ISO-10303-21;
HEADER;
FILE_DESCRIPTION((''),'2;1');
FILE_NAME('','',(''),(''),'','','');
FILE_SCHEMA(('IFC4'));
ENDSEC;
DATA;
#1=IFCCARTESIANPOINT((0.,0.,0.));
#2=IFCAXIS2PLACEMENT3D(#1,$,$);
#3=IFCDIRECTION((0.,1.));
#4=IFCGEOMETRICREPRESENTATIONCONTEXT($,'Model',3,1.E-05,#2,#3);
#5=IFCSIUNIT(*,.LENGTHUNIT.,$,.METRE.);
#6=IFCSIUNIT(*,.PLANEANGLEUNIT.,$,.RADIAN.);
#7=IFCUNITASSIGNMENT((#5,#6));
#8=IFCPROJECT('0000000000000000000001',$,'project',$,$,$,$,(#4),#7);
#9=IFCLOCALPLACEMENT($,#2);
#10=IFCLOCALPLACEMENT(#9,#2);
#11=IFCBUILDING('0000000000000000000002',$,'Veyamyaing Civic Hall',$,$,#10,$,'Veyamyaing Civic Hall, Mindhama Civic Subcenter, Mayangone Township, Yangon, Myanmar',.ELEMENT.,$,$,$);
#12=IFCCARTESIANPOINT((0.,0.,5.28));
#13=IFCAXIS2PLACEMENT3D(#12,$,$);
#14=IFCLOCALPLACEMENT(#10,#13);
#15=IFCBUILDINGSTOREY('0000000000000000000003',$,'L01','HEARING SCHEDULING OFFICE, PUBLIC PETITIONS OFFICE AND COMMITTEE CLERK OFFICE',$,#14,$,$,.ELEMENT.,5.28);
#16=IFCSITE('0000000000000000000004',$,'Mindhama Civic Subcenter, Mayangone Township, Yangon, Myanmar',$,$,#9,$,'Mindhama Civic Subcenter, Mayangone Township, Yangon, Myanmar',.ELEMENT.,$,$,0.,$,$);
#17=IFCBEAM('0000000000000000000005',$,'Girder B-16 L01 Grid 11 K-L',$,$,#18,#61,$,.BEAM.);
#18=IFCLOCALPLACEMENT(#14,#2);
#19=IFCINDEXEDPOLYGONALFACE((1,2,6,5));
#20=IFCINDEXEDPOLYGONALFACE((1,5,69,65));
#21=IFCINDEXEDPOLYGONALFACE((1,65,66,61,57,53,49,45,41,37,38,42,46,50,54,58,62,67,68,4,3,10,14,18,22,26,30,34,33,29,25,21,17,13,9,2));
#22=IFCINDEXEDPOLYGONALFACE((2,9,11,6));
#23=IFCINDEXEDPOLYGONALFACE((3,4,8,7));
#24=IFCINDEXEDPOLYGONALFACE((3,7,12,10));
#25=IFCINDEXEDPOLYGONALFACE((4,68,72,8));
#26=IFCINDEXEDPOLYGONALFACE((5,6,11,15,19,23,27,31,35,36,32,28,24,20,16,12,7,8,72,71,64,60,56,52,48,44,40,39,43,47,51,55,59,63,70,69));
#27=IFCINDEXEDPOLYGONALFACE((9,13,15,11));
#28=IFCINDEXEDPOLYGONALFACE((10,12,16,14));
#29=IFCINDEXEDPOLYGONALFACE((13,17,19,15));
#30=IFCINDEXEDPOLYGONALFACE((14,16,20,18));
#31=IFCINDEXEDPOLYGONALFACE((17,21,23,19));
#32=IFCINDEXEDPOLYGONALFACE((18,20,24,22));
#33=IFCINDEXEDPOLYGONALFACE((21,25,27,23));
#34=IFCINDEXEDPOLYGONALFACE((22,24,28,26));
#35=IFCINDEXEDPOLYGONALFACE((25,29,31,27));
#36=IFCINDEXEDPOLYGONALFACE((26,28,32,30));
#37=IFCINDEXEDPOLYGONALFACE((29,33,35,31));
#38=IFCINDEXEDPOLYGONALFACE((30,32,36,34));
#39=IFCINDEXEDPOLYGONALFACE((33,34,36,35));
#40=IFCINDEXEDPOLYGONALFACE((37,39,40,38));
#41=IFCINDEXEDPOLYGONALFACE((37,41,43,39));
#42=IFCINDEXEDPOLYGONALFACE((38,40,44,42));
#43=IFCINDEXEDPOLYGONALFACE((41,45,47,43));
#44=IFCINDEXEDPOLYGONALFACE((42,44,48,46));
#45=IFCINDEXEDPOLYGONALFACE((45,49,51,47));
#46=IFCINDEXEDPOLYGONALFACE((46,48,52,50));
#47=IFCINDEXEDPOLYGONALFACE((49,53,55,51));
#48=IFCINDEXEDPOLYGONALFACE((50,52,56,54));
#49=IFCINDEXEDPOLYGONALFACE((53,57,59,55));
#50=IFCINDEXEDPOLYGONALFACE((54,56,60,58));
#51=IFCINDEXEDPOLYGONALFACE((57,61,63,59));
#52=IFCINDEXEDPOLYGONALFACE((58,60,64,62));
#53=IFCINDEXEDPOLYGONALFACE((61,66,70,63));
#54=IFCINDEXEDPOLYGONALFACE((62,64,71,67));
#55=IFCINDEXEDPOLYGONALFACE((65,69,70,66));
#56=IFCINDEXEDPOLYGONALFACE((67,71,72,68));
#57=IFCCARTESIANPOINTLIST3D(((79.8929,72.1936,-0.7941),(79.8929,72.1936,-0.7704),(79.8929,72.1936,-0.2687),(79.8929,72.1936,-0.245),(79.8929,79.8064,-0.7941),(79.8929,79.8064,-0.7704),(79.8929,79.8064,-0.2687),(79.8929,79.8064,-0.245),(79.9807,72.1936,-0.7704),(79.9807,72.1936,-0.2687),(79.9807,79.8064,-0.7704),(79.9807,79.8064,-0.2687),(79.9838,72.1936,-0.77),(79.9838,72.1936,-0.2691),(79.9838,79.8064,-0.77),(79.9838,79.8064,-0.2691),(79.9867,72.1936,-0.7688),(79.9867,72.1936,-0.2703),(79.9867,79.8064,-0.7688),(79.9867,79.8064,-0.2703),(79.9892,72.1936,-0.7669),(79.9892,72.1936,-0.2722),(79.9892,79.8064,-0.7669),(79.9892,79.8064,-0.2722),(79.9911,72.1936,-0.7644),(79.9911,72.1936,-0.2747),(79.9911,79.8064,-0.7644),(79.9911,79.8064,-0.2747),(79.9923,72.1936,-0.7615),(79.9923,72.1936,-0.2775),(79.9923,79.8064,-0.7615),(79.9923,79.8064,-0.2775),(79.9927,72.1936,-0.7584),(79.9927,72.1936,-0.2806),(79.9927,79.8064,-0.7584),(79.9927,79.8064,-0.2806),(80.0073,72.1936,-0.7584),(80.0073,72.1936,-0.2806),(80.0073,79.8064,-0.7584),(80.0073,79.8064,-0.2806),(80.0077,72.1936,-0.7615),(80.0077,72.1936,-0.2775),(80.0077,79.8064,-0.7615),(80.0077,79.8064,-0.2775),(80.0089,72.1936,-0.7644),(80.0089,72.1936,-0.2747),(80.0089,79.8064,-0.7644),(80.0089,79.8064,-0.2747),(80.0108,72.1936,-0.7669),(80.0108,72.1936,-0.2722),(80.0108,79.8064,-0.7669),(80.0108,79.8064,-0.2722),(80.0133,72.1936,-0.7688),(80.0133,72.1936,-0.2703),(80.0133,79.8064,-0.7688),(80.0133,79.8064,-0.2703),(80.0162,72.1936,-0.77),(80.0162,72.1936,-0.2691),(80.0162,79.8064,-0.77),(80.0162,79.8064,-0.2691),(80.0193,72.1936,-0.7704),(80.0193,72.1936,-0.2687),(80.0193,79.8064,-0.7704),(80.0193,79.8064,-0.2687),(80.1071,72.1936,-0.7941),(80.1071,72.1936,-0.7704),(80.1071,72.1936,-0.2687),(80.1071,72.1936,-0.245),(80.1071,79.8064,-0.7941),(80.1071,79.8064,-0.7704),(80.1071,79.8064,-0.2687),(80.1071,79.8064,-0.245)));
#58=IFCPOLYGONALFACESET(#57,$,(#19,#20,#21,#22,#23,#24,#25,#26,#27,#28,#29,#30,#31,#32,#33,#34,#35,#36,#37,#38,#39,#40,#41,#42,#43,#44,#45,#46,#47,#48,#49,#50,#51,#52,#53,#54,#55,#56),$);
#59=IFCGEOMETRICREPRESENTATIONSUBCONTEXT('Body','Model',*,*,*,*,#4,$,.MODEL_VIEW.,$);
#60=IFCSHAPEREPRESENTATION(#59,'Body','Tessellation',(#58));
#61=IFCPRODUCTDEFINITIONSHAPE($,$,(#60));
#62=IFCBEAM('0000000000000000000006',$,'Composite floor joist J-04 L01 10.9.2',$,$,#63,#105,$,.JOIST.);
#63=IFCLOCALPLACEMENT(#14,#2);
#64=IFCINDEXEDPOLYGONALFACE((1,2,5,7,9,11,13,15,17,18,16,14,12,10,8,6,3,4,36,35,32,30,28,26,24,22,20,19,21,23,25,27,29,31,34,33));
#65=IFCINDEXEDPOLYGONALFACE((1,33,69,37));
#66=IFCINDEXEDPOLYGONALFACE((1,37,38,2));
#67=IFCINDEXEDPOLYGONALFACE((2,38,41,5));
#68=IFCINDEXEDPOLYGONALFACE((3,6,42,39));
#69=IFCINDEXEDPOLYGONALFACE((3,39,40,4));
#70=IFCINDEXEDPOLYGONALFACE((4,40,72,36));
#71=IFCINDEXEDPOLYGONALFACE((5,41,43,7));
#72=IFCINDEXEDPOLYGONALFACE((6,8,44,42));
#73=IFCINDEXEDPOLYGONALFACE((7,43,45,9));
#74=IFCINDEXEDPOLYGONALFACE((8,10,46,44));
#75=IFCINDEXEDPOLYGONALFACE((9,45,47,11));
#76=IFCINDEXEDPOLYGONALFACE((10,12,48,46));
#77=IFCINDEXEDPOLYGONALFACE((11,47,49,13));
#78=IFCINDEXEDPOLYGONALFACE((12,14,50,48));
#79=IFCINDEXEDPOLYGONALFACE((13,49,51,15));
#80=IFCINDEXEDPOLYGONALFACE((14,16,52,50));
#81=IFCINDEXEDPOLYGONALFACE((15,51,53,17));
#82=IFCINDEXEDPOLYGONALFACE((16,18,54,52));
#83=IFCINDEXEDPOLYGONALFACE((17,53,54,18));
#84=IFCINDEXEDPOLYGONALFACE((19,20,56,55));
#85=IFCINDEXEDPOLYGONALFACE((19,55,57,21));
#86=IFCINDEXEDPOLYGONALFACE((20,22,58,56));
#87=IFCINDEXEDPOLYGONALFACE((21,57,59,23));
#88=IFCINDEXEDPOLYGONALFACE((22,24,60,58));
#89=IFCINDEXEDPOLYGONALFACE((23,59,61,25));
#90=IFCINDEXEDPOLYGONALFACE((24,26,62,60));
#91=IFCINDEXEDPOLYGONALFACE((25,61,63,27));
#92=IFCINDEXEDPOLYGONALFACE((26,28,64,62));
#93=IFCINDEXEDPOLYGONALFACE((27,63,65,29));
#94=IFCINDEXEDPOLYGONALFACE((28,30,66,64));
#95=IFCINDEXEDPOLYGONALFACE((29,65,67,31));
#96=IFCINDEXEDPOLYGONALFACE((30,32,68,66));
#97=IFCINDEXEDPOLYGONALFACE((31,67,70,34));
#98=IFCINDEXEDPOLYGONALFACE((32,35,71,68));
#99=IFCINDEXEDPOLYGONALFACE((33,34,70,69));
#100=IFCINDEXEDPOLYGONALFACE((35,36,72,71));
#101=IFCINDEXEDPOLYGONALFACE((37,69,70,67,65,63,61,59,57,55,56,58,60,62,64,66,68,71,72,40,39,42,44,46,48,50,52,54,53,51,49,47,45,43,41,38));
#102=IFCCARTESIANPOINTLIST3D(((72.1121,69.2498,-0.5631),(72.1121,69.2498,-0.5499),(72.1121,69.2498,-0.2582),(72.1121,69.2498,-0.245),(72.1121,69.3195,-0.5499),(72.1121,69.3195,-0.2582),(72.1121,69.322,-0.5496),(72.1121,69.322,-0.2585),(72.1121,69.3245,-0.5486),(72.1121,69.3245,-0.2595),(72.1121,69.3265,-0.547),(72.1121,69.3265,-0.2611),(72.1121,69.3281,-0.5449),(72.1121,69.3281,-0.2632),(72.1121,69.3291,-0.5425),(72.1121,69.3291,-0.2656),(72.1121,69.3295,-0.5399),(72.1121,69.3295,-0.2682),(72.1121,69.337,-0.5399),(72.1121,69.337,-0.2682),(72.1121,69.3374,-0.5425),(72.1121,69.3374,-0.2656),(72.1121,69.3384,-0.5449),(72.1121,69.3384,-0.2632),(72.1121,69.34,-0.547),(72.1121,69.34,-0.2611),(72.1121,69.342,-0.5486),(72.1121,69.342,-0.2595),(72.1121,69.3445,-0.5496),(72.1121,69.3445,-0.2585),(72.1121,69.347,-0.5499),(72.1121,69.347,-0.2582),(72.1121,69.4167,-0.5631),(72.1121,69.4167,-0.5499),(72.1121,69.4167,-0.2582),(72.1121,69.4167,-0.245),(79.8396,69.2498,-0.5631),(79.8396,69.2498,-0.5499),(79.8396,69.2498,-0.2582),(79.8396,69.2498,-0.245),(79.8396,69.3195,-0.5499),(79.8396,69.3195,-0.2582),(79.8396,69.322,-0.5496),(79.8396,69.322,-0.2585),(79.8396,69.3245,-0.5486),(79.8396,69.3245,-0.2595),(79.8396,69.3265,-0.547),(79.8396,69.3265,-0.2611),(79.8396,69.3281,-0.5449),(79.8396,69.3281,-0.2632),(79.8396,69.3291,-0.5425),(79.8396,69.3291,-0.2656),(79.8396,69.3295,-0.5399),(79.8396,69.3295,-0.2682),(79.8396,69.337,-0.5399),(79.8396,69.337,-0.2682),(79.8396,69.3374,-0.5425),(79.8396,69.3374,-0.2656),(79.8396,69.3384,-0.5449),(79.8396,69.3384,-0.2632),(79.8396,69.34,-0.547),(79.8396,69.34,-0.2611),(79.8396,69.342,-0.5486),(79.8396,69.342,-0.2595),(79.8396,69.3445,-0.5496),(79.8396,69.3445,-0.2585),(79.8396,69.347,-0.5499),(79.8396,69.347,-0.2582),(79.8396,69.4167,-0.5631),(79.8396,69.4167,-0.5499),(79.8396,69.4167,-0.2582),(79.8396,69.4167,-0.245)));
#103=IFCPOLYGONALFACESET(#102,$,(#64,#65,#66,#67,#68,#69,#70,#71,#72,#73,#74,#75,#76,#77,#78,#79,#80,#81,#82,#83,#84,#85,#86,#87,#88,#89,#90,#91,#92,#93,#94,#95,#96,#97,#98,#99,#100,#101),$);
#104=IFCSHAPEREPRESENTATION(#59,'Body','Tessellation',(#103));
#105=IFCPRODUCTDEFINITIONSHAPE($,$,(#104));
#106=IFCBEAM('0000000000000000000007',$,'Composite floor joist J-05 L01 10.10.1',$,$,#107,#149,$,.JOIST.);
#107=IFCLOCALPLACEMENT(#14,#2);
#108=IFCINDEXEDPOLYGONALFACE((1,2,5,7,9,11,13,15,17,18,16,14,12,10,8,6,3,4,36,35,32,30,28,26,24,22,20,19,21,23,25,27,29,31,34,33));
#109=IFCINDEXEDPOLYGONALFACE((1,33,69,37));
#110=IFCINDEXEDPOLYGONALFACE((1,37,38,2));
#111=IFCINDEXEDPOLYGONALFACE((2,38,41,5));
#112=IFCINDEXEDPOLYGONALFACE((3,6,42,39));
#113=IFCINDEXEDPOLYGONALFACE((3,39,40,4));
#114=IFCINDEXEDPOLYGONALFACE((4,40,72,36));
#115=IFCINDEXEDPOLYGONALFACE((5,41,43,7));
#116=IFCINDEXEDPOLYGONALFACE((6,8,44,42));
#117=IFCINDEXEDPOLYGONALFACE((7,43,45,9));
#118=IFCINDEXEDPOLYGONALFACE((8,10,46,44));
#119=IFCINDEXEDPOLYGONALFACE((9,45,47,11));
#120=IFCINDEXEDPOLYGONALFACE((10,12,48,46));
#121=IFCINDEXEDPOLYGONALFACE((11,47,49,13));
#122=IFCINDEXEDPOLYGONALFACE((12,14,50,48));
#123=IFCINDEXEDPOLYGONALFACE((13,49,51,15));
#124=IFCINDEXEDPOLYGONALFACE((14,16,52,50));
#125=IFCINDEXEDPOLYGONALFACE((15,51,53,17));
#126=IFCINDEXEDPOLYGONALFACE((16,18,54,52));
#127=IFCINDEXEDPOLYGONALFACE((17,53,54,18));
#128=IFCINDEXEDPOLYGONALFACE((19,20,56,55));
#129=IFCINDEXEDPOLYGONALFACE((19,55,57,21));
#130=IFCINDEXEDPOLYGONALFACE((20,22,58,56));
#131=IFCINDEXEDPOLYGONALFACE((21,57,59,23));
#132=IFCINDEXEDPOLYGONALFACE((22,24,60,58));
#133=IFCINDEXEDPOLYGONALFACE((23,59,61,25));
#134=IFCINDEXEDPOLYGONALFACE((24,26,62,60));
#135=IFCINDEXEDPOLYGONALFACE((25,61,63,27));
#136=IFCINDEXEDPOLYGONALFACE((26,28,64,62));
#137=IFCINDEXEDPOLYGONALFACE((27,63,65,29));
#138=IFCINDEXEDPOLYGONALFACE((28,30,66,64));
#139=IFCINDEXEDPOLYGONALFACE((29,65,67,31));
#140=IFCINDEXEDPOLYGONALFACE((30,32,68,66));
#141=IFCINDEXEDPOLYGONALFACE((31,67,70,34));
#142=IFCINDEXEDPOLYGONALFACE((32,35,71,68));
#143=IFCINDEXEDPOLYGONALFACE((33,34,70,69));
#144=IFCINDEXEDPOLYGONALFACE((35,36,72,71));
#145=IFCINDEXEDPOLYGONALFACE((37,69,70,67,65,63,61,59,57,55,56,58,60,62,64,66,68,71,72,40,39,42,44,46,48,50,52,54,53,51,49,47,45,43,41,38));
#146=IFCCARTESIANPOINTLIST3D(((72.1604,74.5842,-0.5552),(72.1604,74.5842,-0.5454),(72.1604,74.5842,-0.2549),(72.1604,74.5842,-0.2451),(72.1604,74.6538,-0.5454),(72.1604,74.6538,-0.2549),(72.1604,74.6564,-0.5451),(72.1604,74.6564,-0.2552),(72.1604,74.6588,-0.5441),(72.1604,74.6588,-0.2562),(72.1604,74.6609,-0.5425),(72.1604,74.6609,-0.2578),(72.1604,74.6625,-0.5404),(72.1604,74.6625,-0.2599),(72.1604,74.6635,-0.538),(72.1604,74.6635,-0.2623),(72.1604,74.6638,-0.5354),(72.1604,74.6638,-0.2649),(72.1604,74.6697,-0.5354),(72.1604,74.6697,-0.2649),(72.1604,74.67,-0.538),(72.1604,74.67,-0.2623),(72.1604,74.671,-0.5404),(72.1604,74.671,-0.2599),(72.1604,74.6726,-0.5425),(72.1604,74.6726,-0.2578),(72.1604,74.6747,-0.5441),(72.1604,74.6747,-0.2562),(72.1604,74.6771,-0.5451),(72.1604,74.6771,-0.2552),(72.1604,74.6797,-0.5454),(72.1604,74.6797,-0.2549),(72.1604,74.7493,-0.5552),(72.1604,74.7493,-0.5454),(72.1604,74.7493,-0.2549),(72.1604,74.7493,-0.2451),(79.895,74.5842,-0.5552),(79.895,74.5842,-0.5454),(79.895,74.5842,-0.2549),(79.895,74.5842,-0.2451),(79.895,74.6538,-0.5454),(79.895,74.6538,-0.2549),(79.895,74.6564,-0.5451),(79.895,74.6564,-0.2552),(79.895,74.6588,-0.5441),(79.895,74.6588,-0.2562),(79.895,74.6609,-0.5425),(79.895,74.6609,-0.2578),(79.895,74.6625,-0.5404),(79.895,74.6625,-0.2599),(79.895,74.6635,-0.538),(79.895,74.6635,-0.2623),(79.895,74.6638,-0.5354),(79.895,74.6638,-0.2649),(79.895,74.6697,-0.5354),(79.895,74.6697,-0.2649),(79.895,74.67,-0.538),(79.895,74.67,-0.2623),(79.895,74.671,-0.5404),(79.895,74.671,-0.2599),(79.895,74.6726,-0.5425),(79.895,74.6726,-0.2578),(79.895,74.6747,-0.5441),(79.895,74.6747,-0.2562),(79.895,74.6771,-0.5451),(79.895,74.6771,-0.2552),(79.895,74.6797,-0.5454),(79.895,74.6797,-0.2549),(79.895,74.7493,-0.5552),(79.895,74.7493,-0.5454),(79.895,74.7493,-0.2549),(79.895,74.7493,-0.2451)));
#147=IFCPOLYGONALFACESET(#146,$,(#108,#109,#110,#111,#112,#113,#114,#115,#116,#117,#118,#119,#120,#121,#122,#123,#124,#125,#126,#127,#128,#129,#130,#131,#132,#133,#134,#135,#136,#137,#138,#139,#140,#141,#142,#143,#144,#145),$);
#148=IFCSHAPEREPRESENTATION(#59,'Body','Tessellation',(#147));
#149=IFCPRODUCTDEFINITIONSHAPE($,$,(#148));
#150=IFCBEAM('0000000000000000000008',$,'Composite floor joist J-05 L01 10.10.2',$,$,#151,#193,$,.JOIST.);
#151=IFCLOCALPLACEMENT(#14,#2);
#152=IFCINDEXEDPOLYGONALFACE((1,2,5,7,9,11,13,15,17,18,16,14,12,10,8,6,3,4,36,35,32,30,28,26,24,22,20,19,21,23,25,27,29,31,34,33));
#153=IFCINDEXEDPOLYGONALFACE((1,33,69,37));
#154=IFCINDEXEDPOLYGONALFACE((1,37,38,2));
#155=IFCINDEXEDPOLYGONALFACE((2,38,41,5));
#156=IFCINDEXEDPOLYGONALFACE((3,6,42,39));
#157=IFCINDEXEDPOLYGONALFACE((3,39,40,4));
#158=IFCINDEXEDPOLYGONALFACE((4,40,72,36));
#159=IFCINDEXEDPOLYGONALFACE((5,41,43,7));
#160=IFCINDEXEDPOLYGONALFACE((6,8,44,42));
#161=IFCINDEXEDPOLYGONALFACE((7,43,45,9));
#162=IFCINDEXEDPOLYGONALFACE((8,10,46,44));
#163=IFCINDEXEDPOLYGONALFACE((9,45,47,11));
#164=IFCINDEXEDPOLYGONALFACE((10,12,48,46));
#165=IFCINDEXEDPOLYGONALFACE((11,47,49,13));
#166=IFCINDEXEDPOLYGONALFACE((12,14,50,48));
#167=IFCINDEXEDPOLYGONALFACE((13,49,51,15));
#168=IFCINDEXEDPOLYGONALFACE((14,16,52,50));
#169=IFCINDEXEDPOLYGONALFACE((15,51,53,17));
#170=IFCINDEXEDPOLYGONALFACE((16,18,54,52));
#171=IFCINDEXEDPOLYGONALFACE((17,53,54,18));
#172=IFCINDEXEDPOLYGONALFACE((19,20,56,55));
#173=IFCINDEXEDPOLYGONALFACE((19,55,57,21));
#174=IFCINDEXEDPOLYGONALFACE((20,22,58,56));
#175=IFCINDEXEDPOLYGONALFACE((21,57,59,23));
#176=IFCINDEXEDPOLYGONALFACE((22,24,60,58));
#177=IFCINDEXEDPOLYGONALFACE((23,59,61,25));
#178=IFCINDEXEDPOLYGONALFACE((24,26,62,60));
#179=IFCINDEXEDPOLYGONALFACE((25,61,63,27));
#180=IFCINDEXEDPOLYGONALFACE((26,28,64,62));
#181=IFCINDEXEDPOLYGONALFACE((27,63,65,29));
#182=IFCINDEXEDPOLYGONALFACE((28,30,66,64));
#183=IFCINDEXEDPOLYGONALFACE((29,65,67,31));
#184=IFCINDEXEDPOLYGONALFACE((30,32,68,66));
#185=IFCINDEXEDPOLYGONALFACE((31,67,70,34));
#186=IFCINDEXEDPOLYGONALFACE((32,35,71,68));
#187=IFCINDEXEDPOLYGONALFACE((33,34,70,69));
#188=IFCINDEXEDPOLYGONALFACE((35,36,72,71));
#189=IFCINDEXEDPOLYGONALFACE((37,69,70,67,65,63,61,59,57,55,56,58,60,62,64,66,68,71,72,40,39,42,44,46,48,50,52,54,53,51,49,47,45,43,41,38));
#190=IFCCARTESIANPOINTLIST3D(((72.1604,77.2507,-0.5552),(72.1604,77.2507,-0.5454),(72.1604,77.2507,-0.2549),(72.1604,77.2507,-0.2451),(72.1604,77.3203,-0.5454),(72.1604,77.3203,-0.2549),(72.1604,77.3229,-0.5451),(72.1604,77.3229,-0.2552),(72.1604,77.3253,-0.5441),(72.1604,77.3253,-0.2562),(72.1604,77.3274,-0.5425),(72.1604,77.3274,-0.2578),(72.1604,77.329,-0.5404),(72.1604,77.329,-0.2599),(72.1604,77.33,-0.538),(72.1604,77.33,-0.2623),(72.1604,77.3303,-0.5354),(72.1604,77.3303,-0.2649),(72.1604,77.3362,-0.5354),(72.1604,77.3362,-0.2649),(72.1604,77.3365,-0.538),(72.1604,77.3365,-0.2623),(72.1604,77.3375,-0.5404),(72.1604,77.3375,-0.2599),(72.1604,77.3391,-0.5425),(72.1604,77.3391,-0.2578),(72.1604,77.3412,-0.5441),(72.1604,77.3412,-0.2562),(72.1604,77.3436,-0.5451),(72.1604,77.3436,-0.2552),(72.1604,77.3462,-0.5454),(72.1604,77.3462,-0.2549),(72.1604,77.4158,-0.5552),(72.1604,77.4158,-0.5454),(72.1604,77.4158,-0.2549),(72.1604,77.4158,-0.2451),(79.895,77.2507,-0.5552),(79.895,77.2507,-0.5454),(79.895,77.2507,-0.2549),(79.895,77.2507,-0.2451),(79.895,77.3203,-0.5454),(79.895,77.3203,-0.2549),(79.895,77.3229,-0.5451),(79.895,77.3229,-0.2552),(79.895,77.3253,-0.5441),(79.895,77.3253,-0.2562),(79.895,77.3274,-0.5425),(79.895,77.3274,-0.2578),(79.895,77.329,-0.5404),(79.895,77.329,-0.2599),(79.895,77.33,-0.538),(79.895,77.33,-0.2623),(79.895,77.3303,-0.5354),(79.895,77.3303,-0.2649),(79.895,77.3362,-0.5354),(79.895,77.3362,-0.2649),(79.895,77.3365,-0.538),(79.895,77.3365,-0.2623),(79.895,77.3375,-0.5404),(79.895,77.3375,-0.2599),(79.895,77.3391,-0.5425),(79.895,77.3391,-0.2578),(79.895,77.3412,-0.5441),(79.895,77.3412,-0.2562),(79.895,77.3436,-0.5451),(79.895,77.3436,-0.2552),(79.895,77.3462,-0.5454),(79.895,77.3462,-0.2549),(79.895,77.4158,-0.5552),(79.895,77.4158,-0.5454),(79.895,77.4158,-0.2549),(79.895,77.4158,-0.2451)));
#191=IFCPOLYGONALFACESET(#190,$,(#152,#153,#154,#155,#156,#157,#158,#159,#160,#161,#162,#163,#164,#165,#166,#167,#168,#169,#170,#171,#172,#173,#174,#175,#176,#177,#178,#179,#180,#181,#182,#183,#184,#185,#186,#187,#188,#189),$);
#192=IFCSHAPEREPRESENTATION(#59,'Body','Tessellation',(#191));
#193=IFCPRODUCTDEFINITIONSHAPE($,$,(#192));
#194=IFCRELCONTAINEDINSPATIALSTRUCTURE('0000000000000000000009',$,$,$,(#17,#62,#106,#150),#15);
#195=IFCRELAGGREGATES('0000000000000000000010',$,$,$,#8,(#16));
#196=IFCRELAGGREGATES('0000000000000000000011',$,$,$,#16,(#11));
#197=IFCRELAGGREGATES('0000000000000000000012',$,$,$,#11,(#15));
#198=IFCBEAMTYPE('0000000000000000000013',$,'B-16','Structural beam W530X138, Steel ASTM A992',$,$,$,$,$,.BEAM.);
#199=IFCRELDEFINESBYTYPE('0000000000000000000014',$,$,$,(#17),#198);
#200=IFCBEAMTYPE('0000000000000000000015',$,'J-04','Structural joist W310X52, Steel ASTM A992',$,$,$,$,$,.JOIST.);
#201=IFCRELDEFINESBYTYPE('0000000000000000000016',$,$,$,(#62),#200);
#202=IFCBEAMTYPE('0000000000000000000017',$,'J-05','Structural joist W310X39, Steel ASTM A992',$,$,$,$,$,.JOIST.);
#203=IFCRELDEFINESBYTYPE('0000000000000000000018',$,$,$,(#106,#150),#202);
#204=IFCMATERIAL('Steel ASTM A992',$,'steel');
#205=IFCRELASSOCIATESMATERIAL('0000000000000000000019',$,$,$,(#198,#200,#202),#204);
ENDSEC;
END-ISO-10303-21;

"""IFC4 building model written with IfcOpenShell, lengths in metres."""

from ifc_helpers import new_model, si_unit, direction, frame, origin, origin_2d, place, context, subcontext, project, spatial, i_section, extrude, material, material_profile, profile_set, type_object, element, save


model = new_model("IFC4")

# Units and contexts
model_context = context("Model", 3, precision=1e-05, world=origin(), true_north=direction((0.0, 1.0)))
body_context = subcontext(model_context, "Body", "Model", "MODEL_VIEW")
ifc_project = project(units=[si_unit("LENGTHUNIT", "METRE"), si_unit("PLANEANGLEUNIT", "RADIAN")], contexts=[model_context])

# Site, building, storey
site_placement = place(None, origin())
site = spatial("IfcSite", under=ifc_project, at=site_placement, Name="Mindhama Civic Subcenter, Mayangone Township, Yangon, Myanmar", LongName="Mindhama Civic Subcenter, Mayangone Township, Yangon, Myanmar", CompositionType="ELEMENT", RefElevation=0.0)
building_placement = place(site_placement, origin())
building = spatial("IfcBuilding", under=site, at=building_placement, Name="Veyamyaing Civic Hall", LongName="Veyamyaing Civic Hall, Mindhama Civic Subcenter, Mayangone Township, Yangon, Myanmar", CompositionType="ELEMENT")
storey_placement = place(building_placement, frame((0.0, 0.0, 5.28)))
storey = spatial("IfcBuildingStorey", under=building, at=storey_placement, Name="L01", Description="HEARING SCHEDULING OFFICE, PUBLIC PETITIONS OFFICE AND COMMITTEE CLERK OFFICE", CompositionType="ELEMENT", Elevation=5.28)

# Beams
ifc_material_1 = material(Name="Steel ASTM A992", Category="steel")
ifc_material_profile_1 = material_profile(ifc_material_1, i_section(OverallWidth=0.2141, OverallDepth=0.5491, WebThickness=0.0146, FlangeThickness=0.0237, FilletRadius=0.012, at=origin_2d()), Name="W530X138")
ifc_profile_set_1 = profile_set([ifc_material_profile_1], Name="Steel ASTM A992")
beam_type_1 = type_object("IfcBeamType", Name="B-16", Description="Structural beam W530X138, Steel ASTM A992", PredefinedType="BEAM", material=ifc_profile_set_1)
beam_1_placement = place(storey_placement, frame((80.0, 72.1936, -0.5195), z_axis=(0.0, 1.0, 0.0), x_axis=(-1.0, 0.0, 0.0)))
element("IfcBeam", 1, at=beam_1_placement, inside=storey, type_object=beam_type_1, Name="Girder B-16 L01 Grid 11 K-L", PredefinedType="BEAM", context=body_context, shape_type="SweptSolid", body=[
    extrude(i_section(OverallWidth=0.2141, OverallDepth=0.5491, WebThickness=0.0146, FlangeThickness=0.0237, FilletRadius=0.012, at=origin_2d()), origin(), (0.0, 0.0, 1.0), 7.6128),
])
ifc_material_profile_2 = material_profile(ifc_material_1, i_section(OverallWidth=0.167, OverallDepth=0.3181, WebThickness=0.0076, FlangeThickness=0.0132, FilletRadius=0.01, at=origin_2d()), Name="W310X52")
ifc_profile_set_2 = profile_set([ifc_material_profile_2], Name="Steel ASTM A992")
beam_type_2 = type_object("IfcBeamType", Name="J-04", Description="Structural joist W310X52, Steel ASTM A992", PredefinedType="JOIST", material=ifc_profile_set_2)
beam_2_placement = place(storey_placement, frame((72.1121, 69.3333, -0.4041), z_axis=(1.0, 0.0, 0.0), x_axis=(0.0, 1.0, 0.0)))
element("IfcBeam", 2, at=beam_2_placement, inside=storey, type_object=beam_type_2, Name="Composite floor joist J-04 L01 10.9.2", PredefinedType="JOIST", context=body_context, shape_type="SweptSolid", body=[
    extrude(i_section(OverallWidth=0.167, OverallDepth=0.3181, WebThickness=0.0076, FlangeThickness=0.0132, FilletRadius=0.01, at=origin_2d()), origin(), (0.0, 0.0, 1.0), 7.7275),
])
ifc_material_profile_3 = material_profile(ifc_material_1, i_section(OverallWidth=0.165, OverallDepth=0.3101, WebThickness=0.0059, FlangeThickness=0.0098, FilletRadius=0.01, at=origin_2d()), Name="W310X39")
ifc_profile_set_3 = profile_set([ifc_material_profile_3], Name="Steel ASTM A992")
beam_type_3 = type_object("IfcBeamType", Name="J-05", Description="Structural joist W310X39, Steel ASTM A992", PredefinedType="JOIST", material=ifc_profile_set_3)
for number, where, z_axis, x_axis, name in (
    (3, (72.1604, 74.6667, -0.4001), (1.0, 0.0, 0.0), (0.0, 1.0, 0.0), "Composite floor joist J-05 L01 10.10.1"),
    (4, (72.1604, 77.3333, -0.4001), (1.0, 0.0, 0.0), (0.0, 1.0, 0.0), "Composite floor joist J-05 L01 10.10.2"),
):
    element("IfcBeam", number, at=place(storey_placement, frame(where, z_axis=z_axis, x_axis=x_axis)), inside=storey, type_object=beam_type_3, Name=name, PredefinedType="JOIST", context=body_context, shape_type="SweptSolid", body=[
        extrude(i_section(OverallWidth=0.165, OverallDepth=0.3101, WebThickness=0.0059, FlangeThickness=0.0098, FilletRadius=0.01, at=origin_2d()), origin(), (0.0, 0.0, 1.0), 7.7346),
    ])

save(model, "model.ifc")
